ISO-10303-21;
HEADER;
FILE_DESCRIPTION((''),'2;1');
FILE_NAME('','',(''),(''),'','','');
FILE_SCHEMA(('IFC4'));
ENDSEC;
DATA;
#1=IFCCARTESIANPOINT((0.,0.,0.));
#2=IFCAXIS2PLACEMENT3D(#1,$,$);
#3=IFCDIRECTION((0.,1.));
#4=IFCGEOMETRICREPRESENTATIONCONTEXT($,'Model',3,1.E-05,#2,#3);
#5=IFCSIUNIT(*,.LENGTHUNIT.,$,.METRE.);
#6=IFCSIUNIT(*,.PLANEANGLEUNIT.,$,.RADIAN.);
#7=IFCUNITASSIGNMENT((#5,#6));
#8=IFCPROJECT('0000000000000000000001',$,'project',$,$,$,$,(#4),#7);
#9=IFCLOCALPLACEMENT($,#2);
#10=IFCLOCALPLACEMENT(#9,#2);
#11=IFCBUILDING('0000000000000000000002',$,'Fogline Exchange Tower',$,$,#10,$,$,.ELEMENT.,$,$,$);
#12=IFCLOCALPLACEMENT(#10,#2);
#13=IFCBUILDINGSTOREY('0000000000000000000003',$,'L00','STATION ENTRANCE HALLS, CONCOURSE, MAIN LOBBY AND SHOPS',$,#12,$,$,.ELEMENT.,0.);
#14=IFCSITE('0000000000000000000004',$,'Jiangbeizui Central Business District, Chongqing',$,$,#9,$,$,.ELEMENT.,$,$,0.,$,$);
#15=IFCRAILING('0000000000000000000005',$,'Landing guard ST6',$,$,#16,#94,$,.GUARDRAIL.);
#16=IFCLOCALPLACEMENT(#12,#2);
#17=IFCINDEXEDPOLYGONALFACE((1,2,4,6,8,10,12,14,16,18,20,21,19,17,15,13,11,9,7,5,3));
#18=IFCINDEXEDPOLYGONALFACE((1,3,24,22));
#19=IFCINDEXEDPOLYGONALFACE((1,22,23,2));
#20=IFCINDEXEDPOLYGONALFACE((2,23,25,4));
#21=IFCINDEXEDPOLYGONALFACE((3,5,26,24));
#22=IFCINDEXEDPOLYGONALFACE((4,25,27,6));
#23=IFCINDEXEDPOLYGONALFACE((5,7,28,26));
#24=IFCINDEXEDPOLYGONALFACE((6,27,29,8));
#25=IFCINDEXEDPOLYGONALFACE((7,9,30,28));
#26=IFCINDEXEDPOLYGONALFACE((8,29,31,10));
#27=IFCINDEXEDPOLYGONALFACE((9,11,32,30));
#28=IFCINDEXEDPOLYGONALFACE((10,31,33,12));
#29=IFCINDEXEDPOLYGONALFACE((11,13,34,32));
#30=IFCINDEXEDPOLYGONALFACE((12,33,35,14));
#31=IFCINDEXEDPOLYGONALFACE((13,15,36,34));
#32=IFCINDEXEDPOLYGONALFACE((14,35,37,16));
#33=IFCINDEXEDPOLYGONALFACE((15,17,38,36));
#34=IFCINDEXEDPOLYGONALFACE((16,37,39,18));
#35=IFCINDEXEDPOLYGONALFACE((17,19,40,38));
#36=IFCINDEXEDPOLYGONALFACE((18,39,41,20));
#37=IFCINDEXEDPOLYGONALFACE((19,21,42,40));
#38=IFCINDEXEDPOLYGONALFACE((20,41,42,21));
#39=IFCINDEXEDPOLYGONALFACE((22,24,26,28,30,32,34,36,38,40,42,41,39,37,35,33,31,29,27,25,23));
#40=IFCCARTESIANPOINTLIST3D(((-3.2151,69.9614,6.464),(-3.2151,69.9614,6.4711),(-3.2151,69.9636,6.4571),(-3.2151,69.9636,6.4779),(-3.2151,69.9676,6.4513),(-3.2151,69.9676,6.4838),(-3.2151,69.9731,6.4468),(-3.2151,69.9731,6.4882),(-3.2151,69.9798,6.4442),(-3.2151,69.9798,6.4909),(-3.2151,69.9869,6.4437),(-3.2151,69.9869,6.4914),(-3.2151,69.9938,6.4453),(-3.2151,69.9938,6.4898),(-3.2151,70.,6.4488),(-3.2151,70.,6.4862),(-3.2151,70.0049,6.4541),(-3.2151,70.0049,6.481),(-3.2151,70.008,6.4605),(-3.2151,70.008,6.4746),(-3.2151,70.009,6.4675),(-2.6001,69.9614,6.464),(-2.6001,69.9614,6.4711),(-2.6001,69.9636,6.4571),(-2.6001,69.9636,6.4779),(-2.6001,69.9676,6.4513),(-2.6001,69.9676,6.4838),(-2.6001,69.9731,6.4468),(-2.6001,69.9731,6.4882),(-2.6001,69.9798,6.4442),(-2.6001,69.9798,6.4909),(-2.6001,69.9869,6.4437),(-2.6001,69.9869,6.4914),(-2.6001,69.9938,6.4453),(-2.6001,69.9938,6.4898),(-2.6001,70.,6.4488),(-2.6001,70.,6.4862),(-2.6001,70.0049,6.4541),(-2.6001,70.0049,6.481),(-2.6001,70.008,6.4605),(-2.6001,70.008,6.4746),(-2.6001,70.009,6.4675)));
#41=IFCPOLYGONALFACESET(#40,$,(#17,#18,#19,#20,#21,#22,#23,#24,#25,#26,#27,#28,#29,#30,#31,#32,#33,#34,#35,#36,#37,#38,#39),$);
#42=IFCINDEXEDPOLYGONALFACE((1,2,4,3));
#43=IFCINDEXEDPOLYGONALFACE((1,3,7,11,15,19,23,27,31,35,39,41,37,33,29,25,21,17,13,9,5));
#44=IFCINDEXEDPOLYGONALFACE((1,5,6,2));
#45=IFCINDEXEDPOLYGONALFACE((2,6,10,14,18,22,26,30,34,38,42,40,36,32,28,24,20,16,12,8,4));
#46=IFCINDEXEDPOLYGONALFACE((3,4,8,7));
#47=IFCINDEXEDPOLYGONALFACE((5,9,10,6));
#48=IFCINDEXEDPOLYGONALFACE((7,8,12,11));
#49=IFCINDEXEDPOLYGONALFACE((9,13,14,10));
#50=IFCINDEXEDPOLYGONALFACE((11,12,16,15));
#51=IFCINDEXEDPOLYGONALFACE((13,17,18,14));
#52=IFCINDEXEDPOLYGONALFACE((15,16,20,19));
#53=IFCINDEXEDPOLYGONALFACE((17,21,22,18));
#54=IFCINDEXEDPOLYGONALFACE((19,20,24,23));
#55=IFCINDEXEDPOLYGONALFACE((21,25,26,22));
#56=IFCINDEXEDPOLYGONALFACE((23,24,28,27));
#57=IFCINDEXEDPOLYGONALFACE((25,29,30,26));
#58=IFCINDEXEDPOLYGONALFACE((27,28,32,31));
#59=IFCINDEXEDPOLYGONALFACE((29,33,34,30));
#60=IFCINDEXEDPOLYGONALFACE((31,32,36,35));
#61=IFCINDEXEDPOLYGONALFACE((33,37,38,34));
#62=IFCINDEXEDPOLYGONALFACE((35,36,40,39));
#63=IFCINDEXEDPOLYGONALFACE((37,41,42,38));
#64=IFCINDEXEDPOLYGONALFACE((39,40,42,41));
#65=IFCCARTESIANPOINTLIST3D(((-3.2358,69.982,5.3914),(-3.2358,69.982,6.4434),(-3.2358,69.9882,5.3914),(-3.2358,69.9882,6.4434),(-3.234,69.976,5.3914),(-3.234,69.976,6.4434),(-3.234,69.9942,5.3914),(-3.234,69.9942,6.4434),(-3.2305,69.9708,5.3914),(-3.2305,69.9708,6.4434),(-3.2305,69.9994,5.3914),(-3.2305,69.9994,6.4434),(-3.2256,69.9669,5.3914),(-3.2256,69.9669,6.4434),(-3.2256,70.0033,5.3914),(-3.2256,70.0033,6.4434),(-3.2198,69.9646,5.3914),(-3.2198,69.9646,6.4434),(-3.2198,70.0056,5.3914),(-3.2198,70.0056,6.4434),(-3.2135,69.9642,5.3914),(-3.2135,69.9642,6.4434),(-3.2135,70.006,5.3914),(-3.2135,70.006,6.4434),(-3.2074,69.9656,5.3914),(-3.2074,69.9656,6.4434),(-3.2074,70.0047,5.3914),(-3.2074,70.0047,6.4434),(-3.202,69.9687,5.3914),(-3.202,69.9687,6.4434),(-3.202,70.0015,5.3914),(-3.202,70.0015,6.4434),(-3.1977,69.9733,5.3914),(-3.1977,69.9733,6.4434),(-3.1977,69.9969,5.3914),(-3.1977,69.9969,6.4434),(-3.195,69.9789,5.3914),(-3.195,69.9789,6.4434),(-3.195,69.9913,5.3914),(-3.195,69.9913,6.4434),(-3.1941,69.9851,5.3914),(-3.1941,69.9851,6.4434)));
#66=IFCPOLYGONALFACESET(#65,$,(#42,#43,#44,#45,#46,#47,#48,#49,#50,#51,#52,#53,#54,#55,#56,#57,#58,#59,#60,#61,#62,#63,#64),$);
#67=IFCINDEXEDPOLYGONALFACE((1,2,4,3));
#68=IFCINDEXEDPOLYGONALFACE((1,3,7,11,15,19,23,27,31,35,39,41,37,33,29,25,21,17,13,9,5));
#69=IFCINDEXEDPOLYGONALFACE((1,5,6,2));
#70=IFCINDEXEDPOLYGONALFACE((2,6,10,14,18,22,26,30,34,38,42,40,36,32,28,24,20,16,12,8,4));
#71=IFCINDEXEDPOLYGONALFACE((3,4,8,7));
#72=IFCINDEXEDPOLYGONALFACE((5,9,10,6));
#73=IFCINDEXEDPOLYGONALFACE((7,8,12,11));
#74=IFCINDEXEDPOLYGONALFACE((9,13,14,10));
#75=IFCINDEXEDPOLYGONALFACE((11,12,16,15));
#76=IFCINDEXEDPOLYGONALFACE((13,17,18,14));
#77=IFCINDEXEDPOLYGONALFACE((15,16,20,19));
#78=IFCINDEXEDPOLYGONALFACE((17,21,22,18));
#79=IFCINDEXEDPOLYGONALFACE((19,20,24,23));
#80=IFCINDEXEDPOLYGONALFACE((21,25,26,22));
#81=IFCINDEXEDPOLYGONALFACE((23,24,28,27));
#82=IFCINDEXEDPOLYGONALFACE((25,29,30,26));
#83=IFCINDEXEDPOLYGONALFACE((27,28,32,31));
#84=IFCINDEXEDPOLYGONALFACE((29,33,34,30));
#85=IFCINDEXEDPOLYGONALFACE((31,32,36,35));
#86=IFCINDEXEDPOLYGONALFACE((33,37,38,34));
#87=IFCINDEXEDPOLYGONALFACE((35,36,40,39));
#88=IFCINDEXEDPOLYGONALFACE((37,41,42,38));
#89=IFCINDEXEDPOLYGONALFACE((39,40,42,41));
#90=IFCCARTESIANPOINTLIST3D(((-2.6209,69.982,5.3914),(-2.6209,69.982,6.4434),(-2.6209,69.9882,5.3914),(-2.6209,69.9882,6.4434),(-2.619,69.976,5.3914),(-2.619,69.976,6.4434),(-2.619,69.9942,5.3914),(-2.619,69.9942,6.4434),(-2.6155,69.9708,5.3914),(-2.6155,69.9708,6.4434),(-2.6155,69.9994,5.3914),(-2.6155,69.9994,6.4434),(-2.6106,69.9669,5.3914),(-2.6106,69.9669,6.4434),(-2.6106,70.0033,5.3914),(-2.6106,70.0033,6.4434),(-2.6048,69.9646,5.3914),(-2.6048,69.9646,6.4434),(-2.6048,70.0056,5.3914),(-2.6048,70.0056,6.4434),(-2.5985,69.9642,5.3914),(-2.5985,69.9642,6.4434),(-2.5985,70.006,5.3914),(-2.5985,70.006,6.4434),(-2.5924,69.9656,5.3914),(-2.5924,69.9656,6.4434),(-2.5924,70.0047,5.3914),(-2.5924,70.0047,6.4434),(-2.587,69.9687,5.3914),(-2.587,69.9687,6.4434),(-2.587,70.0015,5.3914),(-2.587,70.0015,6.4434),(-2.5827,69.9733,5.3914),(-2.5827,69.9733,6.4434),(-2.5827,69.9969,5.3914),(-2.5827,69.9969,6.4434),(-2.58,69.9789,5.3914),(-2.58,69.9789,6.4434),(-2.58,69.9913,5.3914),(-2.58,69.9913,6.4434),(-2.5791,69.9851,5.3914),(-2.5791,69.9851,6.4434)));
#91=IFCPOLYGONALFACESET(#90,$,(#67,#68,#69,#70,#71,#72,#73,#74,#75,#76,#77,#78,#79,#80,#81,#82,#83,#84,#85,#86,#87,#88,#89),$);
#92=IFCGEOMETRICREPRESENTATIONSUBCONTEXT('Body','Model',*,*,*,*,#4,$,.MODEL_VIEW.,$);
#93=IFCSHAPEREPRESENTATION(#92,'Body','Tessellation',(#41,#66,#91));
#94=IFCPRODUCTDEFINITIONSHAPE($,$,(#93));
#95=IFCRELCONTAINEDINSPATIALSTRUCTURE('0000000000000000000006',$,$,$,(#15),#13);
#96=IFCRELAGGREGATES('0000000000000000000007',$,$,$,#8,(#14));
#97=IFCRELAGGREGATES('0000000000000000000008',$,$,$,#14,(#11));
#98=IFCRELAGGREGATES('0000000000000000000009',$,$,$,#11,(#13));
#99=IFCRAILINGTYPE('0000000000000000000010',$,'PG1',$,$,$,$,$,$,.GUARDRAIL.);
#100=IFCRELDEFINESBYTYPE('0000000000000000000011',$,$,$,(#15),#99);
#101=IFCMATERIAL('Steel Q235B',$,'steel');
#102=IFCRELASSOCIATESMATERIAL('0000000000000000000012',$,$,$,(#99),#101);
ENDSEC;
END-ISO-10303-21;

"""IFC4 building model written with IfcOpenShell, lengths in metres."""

from ifc_helpers import new_model, si_unit, direction, frame, origin, origin_2d, place, context, subcontext, project, spatial, circle, extrude, material, type_object, element, save


model = new_model("IFC4")

# Units and contexts
model_context = context("Model", 3, precision=1e-05, world=origin(), true_north=direction((0.0, 1.0)))
body_context = subcontext(model_context, "Body", "Model", "MODEL_VIEW")
ifc_project = project(units=[si_unit("LENGTHUNIT", "METRE"), si_unit("PLANEANGLEUNIT", "RADIAN")], contexts=[model_context])

# Site, building, storey
site_placement = place(None, origin())
site = spatial("IfcSite", under=ifc_project, at=site_placement, Name="Jiangbeizui Central Business District, Chongqing", CompositionType="ELEMENT", RefElevation=0.0)
building_placement = place(site_placement, origin())
building = spatial("IfcBuilding", under=site, at=building_placement, Name="Fogline Exchange Tower", CompositionType="ELEMENT")
storey_placement = place(building_placement, origin())
storey = spatial("IfcBuildingStorey", under=building, at=storey_placement, Name="L00", Description="STATION ENTRANCE HALLS, CONCOURSE, MAIN LOBBY AND SHOPS", CompositionType="ELEMENT", Elevation=0.0)

# Railing
ifc_material_1 = material(Name="Steel Q235B", Category="steel")
railing_type_1 = type_object("IfcRailingType", Name="PG1", PredefinedType="GUARDRAIL", material=ifc_material_1)
for number, where, name in (
    (1, (-3.2151, 69.9851, 5.3914), "Landing guard ST6"),
):
    element("IfcRailing", number, at=place(storey_placement, frame(where)), inside=storey, type_object=railing_type_1, Name=name, PredefinedType="GUARDRAIL", context=body_context, shape_type="SweptSolid", body=[
        extrude(circle(Radius=0.0239, at=origin_2d()), frame((0.0, 0.0, 1.0762), z_axis=(1.0, 0.0, 0.0), x_axis=(0.0, 1.0, 0.0)), (0.0, 0.0, 1.0), 0.615),
        extrude(circle(Radius=0.021, at=origin_2d()), origin(), (0.0, 0.0, 1.0), 1.052),
        extrude(circle(Radius=0.021, at=origin_2d()), frame((0.615, 0.0, 0.0)), (0.0, 0.0, 1.0), 1.052),
    ])

save(model, "model.ifc")
